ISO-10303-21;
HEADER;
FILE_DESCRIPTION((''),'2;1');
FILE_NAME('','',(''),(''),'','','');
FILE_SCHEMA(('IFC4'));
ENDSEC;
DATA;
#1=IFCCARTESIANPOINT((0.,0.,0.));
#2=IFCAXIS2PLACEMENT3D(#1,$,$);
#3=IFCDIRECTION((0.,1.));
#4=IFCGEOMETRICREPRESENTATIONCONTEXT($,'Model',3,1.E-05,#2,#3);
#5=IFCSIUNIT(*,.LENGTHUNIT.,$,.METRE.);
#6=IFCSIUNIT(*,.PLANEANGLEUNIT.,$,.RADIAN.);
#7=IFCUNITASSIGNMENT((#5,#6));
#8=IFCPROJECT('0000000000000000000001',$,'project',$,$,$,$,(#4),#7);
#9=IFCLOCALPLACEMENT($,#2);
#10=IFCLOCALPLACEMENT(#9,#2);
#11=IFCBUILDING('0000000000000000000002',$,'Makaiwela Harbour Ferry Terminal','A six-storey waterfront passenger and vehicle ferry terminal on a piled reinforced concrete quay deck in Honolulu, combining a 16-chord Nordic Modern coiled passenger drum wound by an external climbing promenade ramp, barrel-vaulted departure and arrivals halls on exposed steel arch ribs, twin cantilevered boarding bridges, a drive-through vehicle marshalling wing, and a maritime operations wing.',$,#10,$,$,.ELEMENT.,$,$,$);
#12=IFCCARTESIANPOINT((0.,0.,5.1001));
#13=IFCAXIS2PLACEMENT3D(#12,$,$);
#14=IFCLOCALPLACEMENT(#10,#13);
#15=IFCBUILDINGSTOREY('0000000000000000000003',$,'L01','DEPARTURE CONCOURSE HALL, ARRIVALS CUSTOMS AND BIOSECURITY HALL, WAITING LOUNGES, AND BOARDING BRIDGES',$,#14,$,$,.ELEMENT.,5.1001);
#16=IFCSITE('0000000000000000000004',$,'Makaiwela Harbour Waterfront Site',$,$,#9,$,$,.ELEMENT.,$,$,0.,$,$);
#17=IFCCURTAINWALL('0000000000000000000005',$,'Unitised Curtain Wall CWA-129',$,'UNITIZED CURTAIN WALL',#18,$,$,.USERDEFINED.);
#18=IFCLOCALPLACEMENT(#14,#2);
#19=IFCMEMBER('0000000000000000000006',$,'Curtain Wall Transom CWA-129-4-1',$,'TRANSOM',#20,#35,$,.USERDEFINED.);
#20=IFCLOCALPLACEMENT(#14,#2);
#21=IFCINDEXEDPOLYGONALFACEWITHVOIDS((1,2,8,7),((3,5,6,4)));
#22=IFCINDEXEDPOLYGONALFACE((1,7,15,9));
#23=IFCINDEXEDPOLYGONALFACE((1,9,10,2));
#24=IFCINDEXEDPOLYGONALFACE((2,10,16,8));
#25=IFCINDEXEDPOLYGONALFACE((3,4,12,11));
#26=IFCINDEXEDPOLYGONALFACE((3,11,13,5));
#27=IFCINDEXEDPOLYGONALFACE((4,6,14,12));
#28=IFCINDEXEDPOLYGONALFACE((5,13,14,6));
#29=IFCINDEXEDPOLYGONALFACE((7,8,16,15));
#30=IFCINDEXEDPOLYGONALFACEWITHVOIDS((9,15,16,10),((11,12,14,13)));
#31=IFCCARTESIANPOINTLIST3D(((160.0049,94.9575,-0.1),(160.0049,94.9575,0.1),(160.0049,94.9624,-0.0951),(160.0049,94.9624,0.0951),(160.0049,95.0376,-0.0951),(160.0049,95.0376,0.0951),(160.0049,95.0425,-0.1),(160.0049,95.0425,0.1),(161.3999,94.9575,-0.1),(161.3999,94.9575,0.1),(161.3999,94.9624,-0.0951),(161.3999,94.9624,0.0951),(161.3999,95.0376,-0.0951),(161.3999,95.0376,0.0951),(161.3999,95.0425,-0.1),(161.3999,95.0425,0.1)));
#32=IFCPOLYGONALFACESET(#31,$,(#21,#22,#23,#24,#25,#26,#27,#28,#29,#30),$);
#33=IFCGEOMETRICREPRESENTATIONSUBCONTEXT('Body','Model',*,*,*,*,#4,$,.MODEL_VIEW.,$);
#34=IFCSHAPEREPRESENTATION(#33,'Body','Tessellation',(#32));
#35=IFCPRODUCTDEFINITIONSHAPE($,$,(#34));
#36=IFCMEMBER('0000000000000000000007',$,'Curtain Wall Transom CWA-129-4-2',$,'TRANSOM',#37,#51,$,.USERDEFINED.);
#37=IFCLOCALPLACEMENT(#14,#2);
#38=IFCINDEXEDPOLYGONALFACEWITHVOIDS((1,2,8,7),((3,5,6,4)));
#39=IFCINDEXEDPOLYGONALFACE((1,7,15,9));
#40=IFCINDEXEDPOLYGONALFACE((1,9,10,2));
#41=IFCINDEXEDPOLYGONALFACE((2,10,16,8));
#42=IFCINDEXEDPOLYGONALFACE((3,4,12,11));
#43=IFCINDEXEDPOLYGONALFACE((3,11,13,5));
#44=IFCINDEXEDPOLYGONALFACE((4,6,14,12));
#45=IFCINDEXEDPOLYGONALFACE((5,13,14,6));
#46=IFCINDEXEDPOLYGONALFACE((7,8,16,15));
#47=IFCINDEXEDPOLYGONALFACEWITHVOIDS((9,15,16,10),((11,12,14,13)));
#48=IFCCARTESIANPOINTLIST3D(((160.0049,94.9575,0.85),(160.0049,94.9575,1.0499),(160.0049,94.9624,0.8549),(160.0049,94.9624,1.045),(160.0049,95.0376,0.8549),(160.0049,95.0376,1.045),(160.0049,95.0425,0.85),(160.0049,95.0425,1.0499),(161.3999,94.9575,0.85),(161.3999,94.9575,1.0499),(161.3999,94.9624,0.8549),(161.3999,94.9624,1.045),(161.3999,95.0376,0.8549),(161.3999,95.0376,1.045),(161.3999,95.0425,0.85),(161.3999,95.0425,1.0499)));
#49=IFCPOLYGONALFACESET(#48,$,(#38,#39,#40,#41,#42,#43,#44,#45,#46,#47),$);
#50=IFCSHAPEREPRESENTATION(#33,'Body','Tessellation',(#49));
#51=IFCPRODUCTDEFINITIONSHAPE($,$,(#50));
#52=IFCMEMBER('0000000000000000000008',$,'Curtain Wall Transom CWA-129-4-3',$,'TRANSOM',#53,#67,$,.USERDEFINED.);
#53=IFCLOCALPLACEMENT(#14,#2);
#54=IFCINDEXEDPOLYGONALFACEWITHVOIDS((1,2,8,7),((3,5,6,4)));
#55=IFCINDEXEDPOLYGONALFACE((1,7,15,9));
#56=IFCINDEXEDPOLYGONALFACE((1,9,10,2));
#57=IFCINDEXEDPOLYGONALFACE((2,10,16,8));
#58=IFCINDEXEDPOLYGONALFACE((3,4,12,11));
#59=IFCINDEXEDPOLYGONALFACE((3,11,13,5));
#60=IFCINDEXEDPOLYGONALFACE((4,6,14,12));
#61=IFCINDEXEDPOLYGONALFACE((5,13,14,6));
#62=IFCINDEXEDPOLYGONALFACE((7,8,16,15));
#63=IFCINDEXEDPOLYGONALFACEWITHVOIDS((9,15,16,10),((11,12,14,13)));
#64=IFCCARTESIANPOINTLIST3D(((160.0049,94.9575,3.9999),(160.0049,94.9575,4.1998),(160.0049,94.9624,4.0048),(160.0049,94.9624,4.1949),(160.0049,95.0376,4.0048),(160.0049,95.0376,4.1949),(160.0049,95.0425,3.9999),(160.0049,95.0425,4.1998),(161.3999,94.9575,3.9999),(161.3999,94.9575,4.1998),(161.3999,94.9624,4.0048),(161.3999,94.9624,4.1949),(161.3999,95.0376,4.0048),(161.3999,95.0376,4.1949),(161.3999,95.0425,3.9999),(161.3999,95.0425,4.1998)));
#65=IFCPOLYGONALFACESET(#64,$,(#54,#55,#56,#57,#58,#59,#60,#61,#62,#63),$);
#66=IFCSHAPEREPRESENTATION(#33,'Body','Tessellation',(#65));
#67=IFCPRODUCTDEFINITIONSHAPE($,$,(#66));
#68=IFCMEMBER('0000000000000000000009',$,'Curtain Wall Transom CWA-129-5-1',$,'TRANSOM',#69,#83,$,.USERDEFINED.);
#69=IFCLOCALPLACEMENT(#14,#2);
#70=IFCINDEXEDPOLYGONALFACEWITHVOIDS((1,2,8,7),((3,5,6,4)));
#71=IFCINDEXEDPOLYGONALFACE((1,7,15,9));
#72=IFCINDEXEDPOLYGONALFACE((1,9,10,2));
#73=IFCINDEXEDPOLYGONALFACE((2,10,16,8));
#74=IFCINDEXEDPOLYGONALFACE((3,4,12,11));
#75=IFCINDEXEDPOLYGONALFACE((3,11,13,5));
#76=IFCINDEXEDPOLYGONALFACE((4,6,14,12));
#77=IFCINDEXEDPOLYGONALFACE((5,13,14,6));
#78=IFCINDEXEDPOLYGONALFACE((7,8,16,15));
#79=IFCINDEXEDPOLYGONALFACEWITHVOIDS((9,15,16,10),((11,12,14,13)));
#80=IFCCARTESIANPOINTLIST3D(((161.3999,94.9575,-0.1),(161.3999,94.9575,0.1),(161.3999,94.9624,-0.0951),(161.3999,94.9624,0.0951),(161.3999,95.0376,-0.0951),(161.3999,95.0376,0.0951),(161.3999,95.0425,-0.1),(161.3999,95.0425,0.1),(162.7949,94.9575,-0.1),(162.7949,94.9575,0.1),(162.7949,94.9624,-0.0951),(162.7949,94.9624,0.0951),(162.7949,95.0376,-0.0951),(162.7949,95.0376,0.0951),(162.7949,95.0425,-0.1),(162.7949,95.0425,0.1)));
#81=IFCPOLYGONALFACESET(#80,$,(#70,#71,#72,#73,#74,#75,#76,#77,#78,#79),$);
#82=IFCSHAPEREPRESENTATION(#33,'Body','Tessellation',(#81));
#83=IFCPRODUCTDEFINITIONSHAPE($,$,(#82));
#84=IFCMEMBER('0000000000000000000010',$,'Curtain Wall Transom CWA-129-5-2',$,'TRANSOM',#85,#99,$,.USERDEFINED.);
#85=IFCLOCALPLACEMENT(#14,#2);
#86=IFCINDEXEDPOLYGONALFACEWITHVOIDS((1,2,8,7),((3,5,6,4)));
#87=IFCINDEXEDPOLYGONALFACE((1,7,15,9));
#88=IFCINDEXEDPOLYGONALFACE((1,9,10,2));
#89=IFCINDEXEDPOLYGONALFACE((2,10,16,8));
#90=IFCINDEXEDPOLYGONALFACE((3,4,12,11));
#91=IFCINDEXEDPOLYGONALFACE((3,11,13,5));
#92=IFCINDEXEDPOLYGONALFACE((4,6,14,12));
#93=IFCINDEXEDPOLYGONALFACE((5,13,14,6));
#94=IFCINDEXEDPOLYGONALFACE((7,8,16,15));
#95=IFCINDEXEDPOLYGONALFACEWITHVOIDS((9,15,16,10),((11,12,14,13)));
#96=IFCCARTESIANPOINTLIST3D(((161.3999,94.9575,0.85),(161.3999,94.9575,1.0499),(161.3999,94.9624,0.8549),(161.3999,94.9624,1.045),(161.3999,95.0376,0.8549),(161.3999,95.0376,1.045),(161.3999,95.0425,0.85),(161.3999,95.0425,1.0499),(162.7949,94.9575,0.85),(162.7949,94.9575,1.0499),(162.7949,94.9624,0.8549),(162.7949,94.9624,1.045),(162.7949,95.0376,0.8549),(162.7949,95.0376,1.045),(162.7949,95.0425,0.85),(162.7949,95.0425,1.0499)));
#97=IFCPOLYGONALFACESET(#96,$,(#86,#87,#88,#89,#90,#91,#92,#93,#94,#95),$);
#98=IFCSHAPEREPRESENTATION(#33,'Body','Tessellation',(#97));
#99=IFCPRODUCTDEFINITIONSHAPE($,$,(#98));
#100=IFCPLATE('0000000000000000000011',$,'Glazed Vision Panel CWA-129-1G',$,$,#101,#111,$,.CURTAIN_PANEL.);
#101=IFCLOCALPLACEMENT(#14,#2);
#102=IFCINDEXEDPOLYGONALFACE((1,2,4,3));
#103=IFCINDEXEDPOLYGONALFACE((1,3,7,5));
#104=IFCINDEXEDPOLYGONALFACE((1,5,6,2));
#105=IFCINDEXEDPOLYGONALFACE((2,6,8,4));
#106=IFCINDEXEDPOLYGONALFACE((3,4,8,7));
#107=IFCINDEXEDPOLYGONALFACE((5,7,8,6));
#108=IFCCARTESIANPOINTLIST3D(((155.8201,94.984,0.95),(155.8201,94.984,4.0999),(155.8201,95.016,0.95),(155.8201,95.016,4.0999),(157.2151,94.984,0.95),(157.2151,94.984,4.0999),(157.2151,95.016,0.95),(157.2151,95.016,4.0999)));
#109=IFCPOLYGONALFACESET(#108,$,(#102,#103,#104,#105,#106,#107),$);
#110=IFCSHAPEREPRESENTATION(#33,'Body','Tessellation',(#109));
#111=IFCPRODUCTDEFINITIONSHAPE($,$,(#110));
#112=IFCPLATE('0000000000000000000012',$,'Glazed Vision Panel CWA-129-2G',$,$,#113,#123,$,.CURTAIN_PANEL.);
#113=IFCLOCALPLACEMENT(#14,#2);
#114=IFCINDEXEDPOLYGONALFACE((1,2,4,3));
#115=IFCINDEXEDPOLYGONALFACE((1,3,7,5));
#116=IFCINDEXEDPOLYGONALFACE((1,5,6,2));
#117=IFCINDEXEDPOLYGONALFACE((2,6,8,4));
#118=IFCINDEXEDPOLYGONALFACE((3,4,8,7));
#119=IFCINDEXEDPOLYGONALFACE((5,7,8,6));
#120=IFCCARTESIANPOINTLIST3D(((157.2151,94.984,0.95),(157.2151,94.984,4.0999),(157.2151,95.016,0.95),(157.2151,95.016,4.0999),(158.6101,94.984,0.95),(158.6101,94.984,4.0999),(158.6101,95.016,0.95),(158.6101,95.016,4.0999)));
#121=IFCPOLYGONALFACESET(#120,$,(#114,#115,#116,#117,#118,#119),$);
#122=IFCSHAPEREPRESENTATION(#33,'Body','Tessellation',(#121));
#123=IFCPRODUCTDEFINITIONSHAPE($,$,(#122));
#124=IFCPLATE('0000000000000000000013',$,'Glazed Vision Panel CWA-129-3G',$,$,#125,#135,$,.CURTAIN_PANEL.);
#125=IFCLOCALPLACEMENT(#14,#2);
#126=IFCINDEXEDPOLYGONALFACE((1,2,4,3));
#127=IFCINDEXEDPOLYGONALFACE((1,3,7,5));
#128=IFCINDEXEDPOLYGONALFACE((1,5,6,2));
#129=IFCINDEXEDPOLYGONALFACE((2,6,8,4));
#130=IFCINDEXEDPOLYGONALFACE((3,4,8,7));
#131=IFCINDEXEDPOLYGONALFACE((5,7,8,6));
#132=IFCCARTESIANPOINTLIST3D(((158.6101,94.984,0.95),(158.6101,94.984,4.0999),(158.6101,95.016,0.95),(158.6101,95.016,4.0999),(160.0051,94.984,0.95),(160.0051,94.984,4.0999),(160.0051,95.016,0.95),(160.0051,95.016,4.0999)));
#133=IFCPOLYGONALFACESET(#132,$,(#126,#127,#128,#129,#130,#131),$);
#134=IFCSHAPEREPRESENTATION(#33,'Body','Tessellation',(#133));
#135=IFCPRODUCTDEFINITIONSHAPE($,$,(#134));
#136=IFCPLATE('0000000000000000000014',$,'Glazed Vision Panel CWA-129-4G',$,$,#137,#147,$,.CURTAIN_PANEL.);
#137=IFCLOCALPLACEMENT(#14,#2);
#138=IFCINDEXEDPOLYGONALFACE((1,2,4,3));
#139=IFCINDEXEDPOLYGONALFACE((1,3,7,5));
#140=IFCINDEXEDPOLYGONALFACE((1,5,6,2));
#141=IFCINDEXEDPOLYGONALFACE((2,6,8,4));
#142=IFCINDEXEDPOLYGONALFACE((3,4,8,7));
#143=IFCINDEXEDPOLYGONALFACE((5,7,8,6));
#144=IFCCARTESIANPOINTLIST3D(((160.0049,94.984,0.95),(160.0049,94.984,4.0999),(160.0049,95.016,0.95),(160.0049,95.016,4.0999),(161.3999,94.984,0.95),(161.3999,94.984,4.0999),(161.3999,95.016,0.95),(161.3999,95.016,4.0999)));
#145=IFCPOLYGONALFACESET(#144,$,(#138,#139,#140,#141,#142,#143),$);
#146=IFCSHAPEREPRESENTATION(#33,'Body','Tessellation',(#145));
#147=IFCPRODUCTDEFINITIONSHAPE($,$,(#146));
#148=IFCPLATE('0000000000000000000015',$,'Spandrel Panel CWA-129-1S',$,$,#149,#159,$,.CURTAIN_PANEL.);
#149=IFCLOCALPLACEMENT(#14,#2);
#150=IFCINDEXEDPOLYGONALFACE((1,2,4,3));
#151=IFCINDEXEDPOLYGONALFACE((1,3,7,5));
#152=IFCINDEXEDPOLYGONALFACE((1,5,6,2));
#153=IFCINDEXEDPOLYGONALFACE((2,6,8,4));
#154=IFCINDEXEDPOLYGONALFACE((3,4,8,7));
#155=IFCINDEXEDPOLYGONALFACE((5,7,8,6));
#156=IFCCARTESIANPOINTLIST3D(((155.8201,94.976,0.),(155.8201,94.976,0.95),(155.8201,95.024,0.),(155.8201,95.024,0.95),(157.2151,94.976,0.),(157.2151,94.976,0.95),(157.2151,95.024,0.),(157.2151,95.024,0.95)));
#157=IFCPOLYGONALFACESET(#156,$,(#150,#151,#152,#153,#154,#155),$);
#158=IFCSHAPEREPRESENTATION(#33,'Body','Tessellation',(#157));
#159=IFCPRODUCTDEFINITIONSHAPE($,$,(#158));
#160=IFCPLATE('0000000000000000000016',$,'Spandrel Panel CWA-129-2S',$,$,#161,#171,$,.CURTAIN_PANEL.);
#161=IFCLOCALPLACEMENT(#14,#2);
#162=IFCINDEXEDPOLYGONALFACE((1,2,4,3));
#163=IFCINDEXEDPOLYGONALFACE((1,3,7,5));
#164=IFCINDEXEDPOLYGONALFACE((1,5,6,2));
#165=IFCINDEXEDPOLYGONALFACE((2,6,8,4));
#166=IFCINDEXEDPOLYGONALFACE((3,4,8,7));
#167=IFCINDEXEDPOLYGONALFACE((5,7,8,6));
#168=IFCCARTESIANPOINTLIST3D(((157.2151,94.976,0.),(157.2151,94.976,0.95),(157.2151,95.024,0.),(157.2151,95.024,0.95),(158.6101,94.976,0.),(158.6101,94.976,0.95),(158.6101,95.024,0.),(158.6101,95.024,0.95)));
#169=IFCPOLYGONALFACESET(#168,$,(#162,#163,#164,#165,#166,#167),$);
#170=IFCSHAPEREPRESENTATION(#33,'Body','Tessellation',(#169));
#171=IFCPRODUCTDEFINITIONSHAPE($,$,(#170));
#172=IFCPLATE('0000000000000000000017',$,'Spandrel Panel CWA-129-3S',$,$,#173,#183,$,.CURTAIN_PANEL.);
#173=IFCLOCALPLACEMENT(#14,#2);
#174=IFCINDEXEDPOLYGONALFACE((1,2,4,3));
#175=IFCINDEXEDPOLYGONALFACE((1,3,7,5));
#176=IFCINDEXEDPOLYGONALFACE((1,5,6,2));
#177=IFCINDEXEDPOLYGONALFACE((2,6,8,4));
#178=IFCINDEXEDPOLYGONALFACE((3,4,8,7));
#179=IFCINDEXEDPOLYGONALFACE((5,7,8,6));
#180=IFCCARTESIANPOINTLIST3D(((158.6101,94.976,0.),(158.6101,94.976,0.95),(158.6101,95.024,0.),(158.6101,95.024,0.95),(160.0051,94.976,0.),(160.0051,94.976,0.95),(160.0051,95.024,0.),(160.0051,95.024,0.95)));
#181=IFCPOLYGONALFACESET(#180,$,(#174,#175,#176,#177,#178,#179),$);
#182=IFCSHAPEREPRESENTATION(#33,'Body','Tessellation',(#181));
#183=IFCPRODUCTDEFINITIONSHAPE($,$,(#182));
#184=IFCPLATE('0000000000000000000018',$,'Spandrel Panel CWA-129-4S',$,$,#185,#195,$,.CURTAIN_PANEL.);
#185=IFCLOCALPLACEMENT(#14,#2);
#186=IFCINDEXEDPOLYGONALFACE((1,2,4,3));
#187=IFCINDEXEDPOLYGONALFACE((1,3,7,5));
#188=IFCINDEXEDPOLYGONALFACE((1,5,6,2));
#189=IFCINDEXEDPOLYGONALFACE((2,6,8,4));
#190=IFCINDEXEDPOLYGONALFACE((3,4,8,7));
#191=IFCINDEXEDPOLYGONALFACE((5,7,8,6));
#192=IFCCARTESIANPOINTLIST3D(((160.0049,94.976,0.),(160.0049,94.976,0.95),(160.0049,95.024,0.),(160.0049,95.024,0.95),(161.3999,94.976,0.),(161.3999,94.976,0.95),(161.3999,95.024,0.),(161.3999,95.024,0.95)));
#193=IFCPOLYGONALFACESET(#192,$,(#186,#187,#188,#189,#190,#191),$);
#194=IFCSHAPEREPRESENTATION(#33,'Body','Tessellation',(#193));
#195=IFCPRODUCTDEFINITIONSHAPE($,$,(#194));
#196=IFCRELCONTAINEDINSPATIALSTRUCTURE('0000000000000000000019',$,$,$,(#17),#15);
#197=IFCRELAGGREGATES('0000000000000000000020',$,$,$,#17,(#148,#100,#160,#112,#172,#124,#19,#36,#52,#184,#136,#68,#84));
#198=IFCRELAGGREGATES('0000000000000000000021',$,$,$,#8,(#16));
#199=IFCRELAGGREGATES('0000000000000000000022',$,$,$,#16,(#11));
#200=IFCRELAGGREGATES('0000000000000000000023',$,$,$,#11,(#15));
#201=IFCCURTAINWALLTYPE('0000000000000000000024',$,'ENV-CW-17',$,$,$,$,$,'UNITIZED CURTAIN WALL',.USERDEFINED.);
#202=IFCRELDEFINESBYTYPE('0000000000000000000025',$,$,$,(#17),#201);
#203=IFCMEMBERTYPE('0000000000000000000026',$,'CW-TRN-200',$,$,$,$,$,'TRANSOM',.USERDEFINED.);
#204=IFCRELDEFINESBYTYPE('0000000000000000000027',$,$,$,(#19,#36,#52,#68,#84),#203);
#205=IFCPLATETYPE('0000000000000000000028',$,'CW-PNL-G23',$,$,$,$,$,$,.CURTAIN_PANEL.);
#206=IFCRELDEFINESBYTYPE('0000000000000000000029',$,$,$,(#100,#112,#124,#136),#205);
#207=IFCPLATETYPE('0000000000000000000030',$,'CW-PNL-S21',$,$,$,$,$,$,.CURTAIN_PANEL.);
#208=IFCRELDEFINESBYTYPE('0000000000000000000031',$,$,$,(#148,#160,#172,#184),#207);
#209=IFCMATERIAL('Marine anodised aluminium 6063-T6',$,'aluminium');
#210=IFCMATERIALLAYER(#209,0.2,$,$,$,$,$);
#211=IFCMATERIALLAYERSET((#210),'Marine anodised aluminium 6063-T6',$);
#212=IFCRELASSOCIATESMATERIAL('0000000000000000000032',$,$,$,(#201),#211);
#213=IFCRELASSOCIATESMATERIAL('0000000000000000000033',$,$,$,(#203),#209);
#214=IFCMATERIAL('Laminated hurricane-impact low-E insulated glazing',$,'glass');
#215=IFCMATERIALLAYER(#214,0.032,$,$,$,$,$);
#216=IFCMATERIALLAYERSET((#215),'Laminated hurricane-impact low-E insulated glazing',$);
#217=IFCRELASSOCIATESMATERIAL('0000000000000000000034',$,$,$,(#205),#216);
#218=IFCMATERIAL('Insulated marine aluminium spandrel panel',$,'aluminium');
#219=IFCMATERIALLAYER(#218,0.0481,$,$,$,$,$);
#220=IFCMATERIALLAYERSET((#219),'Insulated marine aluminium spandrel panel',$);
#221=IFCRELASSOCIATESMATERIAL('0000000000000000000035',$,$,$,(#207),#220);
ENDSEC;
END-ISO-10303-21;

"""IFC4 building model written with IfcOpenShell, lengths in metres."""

from ifc_helpers import new_model, si_unit, direction, frame, origin, origin_2d, place, context, subcontext, project, spatial, rectangle, hollow_rectangle, extrude, material, layer, layer_set, material_profile, profile_set, type_object, element, aggregate, save


model = new_model("IFC4")

# Units and contexts
model_context = context("Model", 3, precision=1e-05, world=origin(), true_north=direction((0.0, 1.0)))
body_context = subcontext(model_context, "Body", "Model", "MODEL_VIEW")
ifc_project = project(units=[si_unit("LENGTHUNIT", "METRE"), si_unit("PLANEANGLEUNIT", "RADIAN")], contexts=[model_context])

# Site, building, storey
site_placement = place(None, origin())
site = spatial("IfcSite", under=ifc_project, at=site_placement, Name="Makaiwela Harbour Waterfront Site", CompositionType="ELEMENT", RefElevation=0.0)
building_placement = place(site_placement, origin())
building = spatial("IfcBuilding", under=site, at=building_placement, Name="Makaiwela Harbour Ferry Terminal", Description="A six-storey waterfront passenger and vehicle ferry terminal on a piled reinforced concrete quay deck in Honolulu, combining a 16-chord Nordic Modern coiled passenger drum wound by an external climbing promenade ramp, barrel-vaulted departure and arrivals halls on exposed steel arch ribs, twin cantilevered boarding bridges, a drive-through vehicle marshalling wing, and a maritime operations wing.", CompositionType="ELEMENT")
storey_placement = place(building_placement, frame((0.0, 0.0, 5.1001)))
storey = spatial("IfcBuildingStorey", under=building, at=storey_placement, Name="L01", Description="DEPARTURE CONCOURSE HALL, ARRIVALS CUSTOMS AND BIOSECURITY HALL, WAITING LOUNGES, AND BOARDING BRIDGES", CompositionType="ELEMENT", Elevation=5.1001)

# Curtain wall, members, plates
ifc_material_1 = material(Name="Marine anodised aluminium 6063-T6", Category="aluminium")
ifc_layer_1 = layer(ifc_material_1, 0.2)
ifc_layer_set_1 = layer_set([ifc_layer_1], Name="Marine anodised aluminium 6063-T6")
curtain_wall_type = type_object("IfcCurtainWallType", Name="ENV-CW-17", ElementType="UNITIZED CURTAIN WALL", PredefinedType="USERDEFINED", material=ifc_layer_set_1)
curtain_wall_placement = place(storey_placement, origin())
curtain_wall = element("IfcCurtainWall", 1, at=curtain_wall_placement, inside=storey, type_object=curtain_wall_type, Name="Unitised Curtain Wall CWA-129", ObjectType="UNITIZED CURTAIN WALL", PredefinedType="USERDEFINED")
ifc_material_profile_1 = material_profile(ifc_material_1, hollow_rectangle(XDim=0.085, YDim=0.2, WallThickness=0.0049, at=origin_2d()), Name="CWT-200X85")
ifc_profile_set_1 = profile_set([ifc_material_profile_1], Name="Marine anodised aluminium 6063-T6")
member_type_1 = type_object("IfcMemberType", Name="CW-TRN-200", ElementType="TRANSOM", PredefinedType="USERDEFINED", material=ifc_profile_set_1)
member_1_placement = place(storey_placement, frame((160.0049, 95.0, 0.0), z_axis=(1.0, 0.0, 0.0), x_axis=(0.0, 1.0, 0.0)))
member_1 = element("IfcMember", 2, at=member_1_placement, type_object=member_type_1, Name="Curtain Wall Transom CWA-129-4-1", ObjectType="TRANSOM", PredefinedType="USERDEFINED", context=body_context, shape_type="SweptSolid", body=[
    extrude(hollow_rectangle(XDim=0.085, YDim=0.2, WallThickness=0.0049, at=origin_2d()), origin(), (0.0, 0.0, 1.0), 1.395),
])
member_2_placement = place(storey_placement, frame((160.0049, 95.0, 0.95), z_axis=(1.0, 0.0, 0.0), x_axis=(0.0, 1.0, 0.0)))
member_2 = element("IfcMember", 3, at=member_2_placement, type_object=member_type_1, Name="Curtain Wall Transom CWA-129-4-2", ObjectType="TRANSOM", PredefinedType="USERDEFINED", context=body_context, shape_type="SweptSolid", body=[
    extrude(hollow_rectangle(XDim=0.085, YDim=0.2, WallThickness=0.0049, at=origin_2d()), origin(), (0.0, 0.0, 1.0), 1.395),
])
member_3_placement = place(storey_placement, frame((160.0049, 95.0, 4.0999), z_axis=(1.0, 0.0, 0.0), x_axis=(0.0, 1.0, 0.0)))
member_3 = element("IfcMember", 4, at=member_3_placement, type_object=member_type_1, Name="Curtain Wall Transom CWA-129-4-3", ObjectType="TRANSOM", PredefinedType="USERDEFINED", context=body_context, shape_type="SweptSolid", body=[
    extrude(hollow_rectangle(XDim=0.085, YDim=0.2, WallThickness=0.0049, at=origin_2d()), origin(), (0.0, 0.0, 1.0), 1.395),
])
member_4_placement = place(storey_placement, frame((161.3999, 95.0, 0.0), z_axis=(1.0, 0.0, 0.0), x_axis=(0.0, 1.0, 0.0)))
member_4 = element("IfcMember", 5, at=member_4_placement, type_object=member_type_1, Name="Curtain Wall Transom CWA-129-5-1", ObjectType="TRANSOM", PredefinedType="USERDEFINED", context=body_context, shape_type="SweptSolid", body=[
    extrude(hollow_rectangle(XDim=0.085, YDim=0.2, WallThickness=0.0049, at=origin_2d()), origin(), (0.0, 0.0, 1.0), 1.395),
])
member_5_placement = place(storey_placement, frame((161.3999, 95.0, 0.95), z_axis=(1.0, 0.0, 0.0), x_axis=(0.0, 1.0, 0.0)))
member_5 = element("IfcMember", 6, at=member_5_placement, type_object=member_type_1, Name="Curtain Wall Transom CWA-129-5-2", ObjectType="TRANSOM", PredefinedType="USERDEFINED", context=body_context, shape_type="SweptSolid", body=[
    extrude(hollow_rectangle(XDim=0.085, YDim=0.2, WallThickness=0.0049, at=origin_2d()), origin(), (0.0, 0.0, 1.0), 1.395),
])
ifc_material_2 = material(Name="Laminated hurricane-impact low-E insulated glazing", Category="glass")
ifc_layer_2 = layer(ifc_material_2, 0.032)
ifc_layer_set_2 = layer_set([ifc_layer_2], Name="Laminated hurricane-impact low-E insulated glazing")
plate_type_1 = type_object("IfcPlateType", Name="CW-PNL-G23", PredefinedType="CURTAIN_PANEL", material=ifc_layer_set_2)
plate_1_placement = place(storey_placement, frame((156.5176, 95.0, 0.95), z_axis=(0.0, 0.0, 1.0), x_axis=(1.0, 0.0, 0.0)))
plate_1 = element("IfcPlate", 7, at=plate_1_placement, type_object=plate_type_1, Name="Glazed Vision Panel CWA-129-1G", PredefinedType="CURTAIN_PANEL", context=body_context, shape_type="SweptSolid", body=[
    extrude(rectangle(XDim=1.395, YDim=0.032, at=origin_2d()), origin(), (0.0, 0.0, 1.0), 3.1499),
])
plate_2_placement = place(storey_placement, frame((157.9126, 95.0, 0.95), z_axis=(0.0, 0.0, 1.0), x_axis=(1.0, 0.0, 0.0)))
plate_2 = element("IfcPlate", 8, at=plate_2_placement, type_object=plate_type_1, Name="Glazed Vision Panel CWA-129-2G", PredefinedType="CURTAIN_PANEL", context=body_context, shape_type="SweptSolid", body=[
    extrude(rectangle(XDim=1.395, YDim=0.032, at=origin_2d()), origin(), (0.0, 0.0, 1.0), 3.1499),
])
plate_3_placement = place(storey_placement, frame((159.3076, 95.0, 0.95), z_axis=(0.0, 0.0, 1.0), x_axis=(1.0, 0.0, 0.0)))
plate_3 = element("IfcPlate", 9, at=plate_3_placement, type_object=plate_type_1, Name="Glazed Vision Panel CWA-129-3G", PredefinedType="CURTAIN_PANEL", context=body_context, shape_type="SweptSolid", body=[
    extrude(rectangle(XDim=1.395, YDim=0.032, at=origin_2d()), origin(), (0.0, 0.0, 1.0), 3.1499),
])
plate_4_placement = place(storey_placement, frame((160.7024, 95.0, 0.95), z_axis=(0.0, 0.0, 1.0), x_axis=(1.0, 0.0, 0.0)))
plate_4 = element("IfcPlate", 10, at=plate_4_placement, type_object=plate_type_1, Name="Glazed Vision Panel CWA-129-4G", PredefinedType="CURTAIN_PANEL", context=body_context, shape_type="SweptSolid", body=[
    extrude(rectangle(XDim=1.395, YDim=0.032, at=origin_2d()), origin(), (0.0, 0.0, 1.0), 3.1499),
])
ifc_material_3 = material(Name="Insulated marine aluminium spandrel panel", Category="aluminium")
ifc_layer_3 = layer(ifc_material_3, 0.0481)
ifc_layer_set_3 = layer_set([ifc_layer_3], Name="Insulated marine aluminium spandrel panel")
plate_type_2 = type_object("IfcPlateType", Name="CW-PNL-S21", PredefinedType="CURTAIN_PANEL", material=ifc_layer_set_3)
plate_5_placement = place(storey_placement, frame((156.5176, 95.0, 0.0), z_axis=(0.0, 0.0, 1.0), x_axis=(1.0, 0.0, 0.0)))
plate_5 = element("IfcPlate", 11, at=plate_5_placement, type_object=plate_type_2, Name="Spandrel Panel CWA-129-1S", PredefinedType="CURTAIN_PANEL", context=body_context, shape_type="SweptSolid", body=[
    extrude(rectangle(XDim=1.395, YDim=0.0481, at=origin_2d()), origin(), (0.0, 0.0, 1.0), 0.95),
])
plate_6_placement = place(storey_placement, frame((157.9126, 95.0, 0.0), z_axis=(0.0, 0.0, 1.0), x_axis=(1.0, 0.0, 0.0)))
plate_6 = element("IfcPlate", 12, at=plate_6_placement, type_object=plate_type_2, Name="Spandrel Panel CWA-129-2S", PredefinedType="CURTAIN_PANEL", context=body_context, shape_type="SweptSolid", body=[
    extrude(rectangle(XDim=1.395, YDim=0.0481, at=origin_2d()), origin(), (0.0, 0.0, 1.0), 0.95),
])
plate_7_placement = place(storey_placement, frame((159.3076, 95.0, 0.0), z_axis=(0.0, 0.0, 1.0), x_axis=(1.0, 0.0, 0.0)))
plate_7 = element("IfcPlate", 13, at=plate_7_placement, type_object=plate_type_2, Name="Spandrel Panel CWA-129-3S", PredefinedType="CURTAIN_PANEL", context=body_context, shape_type="SweptSolid", body=[
    extrude(rectangle(XDim=1.395, YDim=0.0481, at=origin_2d()), origin(), (0.0, 0.0, 1.0), 0.95),
])
plate_8_placement = place(storey_placement, frame((160.7024, 95.0, 0.0), z_axis=(0.0, 0.0, 1.0), x_axis=(1.0, 0.0, 0.0)))
plate_8 = element("IfcPlate", 14, at=plate_8_placement, type_object=plate_type_2, Name="Spandrel Panel CWA-129-4S", PredefinedType="CURTAIN_PANEL", context=body_context, shape_type="SweptSolid", body=[
    extrude(rectangle(XDim=1.395, YDim=0.0481, at=origin_2d()), origin(), (0.0, 0.0, 1.0), 0.95),
])
aggregate(curtain_wall, [plate_5, plate_1, plate_6, plate_2, plate_7, plate_3, member_1, member_2, member_3, plate_8, plate_4, member_4, member_5])

save(model, "model.ifc")
